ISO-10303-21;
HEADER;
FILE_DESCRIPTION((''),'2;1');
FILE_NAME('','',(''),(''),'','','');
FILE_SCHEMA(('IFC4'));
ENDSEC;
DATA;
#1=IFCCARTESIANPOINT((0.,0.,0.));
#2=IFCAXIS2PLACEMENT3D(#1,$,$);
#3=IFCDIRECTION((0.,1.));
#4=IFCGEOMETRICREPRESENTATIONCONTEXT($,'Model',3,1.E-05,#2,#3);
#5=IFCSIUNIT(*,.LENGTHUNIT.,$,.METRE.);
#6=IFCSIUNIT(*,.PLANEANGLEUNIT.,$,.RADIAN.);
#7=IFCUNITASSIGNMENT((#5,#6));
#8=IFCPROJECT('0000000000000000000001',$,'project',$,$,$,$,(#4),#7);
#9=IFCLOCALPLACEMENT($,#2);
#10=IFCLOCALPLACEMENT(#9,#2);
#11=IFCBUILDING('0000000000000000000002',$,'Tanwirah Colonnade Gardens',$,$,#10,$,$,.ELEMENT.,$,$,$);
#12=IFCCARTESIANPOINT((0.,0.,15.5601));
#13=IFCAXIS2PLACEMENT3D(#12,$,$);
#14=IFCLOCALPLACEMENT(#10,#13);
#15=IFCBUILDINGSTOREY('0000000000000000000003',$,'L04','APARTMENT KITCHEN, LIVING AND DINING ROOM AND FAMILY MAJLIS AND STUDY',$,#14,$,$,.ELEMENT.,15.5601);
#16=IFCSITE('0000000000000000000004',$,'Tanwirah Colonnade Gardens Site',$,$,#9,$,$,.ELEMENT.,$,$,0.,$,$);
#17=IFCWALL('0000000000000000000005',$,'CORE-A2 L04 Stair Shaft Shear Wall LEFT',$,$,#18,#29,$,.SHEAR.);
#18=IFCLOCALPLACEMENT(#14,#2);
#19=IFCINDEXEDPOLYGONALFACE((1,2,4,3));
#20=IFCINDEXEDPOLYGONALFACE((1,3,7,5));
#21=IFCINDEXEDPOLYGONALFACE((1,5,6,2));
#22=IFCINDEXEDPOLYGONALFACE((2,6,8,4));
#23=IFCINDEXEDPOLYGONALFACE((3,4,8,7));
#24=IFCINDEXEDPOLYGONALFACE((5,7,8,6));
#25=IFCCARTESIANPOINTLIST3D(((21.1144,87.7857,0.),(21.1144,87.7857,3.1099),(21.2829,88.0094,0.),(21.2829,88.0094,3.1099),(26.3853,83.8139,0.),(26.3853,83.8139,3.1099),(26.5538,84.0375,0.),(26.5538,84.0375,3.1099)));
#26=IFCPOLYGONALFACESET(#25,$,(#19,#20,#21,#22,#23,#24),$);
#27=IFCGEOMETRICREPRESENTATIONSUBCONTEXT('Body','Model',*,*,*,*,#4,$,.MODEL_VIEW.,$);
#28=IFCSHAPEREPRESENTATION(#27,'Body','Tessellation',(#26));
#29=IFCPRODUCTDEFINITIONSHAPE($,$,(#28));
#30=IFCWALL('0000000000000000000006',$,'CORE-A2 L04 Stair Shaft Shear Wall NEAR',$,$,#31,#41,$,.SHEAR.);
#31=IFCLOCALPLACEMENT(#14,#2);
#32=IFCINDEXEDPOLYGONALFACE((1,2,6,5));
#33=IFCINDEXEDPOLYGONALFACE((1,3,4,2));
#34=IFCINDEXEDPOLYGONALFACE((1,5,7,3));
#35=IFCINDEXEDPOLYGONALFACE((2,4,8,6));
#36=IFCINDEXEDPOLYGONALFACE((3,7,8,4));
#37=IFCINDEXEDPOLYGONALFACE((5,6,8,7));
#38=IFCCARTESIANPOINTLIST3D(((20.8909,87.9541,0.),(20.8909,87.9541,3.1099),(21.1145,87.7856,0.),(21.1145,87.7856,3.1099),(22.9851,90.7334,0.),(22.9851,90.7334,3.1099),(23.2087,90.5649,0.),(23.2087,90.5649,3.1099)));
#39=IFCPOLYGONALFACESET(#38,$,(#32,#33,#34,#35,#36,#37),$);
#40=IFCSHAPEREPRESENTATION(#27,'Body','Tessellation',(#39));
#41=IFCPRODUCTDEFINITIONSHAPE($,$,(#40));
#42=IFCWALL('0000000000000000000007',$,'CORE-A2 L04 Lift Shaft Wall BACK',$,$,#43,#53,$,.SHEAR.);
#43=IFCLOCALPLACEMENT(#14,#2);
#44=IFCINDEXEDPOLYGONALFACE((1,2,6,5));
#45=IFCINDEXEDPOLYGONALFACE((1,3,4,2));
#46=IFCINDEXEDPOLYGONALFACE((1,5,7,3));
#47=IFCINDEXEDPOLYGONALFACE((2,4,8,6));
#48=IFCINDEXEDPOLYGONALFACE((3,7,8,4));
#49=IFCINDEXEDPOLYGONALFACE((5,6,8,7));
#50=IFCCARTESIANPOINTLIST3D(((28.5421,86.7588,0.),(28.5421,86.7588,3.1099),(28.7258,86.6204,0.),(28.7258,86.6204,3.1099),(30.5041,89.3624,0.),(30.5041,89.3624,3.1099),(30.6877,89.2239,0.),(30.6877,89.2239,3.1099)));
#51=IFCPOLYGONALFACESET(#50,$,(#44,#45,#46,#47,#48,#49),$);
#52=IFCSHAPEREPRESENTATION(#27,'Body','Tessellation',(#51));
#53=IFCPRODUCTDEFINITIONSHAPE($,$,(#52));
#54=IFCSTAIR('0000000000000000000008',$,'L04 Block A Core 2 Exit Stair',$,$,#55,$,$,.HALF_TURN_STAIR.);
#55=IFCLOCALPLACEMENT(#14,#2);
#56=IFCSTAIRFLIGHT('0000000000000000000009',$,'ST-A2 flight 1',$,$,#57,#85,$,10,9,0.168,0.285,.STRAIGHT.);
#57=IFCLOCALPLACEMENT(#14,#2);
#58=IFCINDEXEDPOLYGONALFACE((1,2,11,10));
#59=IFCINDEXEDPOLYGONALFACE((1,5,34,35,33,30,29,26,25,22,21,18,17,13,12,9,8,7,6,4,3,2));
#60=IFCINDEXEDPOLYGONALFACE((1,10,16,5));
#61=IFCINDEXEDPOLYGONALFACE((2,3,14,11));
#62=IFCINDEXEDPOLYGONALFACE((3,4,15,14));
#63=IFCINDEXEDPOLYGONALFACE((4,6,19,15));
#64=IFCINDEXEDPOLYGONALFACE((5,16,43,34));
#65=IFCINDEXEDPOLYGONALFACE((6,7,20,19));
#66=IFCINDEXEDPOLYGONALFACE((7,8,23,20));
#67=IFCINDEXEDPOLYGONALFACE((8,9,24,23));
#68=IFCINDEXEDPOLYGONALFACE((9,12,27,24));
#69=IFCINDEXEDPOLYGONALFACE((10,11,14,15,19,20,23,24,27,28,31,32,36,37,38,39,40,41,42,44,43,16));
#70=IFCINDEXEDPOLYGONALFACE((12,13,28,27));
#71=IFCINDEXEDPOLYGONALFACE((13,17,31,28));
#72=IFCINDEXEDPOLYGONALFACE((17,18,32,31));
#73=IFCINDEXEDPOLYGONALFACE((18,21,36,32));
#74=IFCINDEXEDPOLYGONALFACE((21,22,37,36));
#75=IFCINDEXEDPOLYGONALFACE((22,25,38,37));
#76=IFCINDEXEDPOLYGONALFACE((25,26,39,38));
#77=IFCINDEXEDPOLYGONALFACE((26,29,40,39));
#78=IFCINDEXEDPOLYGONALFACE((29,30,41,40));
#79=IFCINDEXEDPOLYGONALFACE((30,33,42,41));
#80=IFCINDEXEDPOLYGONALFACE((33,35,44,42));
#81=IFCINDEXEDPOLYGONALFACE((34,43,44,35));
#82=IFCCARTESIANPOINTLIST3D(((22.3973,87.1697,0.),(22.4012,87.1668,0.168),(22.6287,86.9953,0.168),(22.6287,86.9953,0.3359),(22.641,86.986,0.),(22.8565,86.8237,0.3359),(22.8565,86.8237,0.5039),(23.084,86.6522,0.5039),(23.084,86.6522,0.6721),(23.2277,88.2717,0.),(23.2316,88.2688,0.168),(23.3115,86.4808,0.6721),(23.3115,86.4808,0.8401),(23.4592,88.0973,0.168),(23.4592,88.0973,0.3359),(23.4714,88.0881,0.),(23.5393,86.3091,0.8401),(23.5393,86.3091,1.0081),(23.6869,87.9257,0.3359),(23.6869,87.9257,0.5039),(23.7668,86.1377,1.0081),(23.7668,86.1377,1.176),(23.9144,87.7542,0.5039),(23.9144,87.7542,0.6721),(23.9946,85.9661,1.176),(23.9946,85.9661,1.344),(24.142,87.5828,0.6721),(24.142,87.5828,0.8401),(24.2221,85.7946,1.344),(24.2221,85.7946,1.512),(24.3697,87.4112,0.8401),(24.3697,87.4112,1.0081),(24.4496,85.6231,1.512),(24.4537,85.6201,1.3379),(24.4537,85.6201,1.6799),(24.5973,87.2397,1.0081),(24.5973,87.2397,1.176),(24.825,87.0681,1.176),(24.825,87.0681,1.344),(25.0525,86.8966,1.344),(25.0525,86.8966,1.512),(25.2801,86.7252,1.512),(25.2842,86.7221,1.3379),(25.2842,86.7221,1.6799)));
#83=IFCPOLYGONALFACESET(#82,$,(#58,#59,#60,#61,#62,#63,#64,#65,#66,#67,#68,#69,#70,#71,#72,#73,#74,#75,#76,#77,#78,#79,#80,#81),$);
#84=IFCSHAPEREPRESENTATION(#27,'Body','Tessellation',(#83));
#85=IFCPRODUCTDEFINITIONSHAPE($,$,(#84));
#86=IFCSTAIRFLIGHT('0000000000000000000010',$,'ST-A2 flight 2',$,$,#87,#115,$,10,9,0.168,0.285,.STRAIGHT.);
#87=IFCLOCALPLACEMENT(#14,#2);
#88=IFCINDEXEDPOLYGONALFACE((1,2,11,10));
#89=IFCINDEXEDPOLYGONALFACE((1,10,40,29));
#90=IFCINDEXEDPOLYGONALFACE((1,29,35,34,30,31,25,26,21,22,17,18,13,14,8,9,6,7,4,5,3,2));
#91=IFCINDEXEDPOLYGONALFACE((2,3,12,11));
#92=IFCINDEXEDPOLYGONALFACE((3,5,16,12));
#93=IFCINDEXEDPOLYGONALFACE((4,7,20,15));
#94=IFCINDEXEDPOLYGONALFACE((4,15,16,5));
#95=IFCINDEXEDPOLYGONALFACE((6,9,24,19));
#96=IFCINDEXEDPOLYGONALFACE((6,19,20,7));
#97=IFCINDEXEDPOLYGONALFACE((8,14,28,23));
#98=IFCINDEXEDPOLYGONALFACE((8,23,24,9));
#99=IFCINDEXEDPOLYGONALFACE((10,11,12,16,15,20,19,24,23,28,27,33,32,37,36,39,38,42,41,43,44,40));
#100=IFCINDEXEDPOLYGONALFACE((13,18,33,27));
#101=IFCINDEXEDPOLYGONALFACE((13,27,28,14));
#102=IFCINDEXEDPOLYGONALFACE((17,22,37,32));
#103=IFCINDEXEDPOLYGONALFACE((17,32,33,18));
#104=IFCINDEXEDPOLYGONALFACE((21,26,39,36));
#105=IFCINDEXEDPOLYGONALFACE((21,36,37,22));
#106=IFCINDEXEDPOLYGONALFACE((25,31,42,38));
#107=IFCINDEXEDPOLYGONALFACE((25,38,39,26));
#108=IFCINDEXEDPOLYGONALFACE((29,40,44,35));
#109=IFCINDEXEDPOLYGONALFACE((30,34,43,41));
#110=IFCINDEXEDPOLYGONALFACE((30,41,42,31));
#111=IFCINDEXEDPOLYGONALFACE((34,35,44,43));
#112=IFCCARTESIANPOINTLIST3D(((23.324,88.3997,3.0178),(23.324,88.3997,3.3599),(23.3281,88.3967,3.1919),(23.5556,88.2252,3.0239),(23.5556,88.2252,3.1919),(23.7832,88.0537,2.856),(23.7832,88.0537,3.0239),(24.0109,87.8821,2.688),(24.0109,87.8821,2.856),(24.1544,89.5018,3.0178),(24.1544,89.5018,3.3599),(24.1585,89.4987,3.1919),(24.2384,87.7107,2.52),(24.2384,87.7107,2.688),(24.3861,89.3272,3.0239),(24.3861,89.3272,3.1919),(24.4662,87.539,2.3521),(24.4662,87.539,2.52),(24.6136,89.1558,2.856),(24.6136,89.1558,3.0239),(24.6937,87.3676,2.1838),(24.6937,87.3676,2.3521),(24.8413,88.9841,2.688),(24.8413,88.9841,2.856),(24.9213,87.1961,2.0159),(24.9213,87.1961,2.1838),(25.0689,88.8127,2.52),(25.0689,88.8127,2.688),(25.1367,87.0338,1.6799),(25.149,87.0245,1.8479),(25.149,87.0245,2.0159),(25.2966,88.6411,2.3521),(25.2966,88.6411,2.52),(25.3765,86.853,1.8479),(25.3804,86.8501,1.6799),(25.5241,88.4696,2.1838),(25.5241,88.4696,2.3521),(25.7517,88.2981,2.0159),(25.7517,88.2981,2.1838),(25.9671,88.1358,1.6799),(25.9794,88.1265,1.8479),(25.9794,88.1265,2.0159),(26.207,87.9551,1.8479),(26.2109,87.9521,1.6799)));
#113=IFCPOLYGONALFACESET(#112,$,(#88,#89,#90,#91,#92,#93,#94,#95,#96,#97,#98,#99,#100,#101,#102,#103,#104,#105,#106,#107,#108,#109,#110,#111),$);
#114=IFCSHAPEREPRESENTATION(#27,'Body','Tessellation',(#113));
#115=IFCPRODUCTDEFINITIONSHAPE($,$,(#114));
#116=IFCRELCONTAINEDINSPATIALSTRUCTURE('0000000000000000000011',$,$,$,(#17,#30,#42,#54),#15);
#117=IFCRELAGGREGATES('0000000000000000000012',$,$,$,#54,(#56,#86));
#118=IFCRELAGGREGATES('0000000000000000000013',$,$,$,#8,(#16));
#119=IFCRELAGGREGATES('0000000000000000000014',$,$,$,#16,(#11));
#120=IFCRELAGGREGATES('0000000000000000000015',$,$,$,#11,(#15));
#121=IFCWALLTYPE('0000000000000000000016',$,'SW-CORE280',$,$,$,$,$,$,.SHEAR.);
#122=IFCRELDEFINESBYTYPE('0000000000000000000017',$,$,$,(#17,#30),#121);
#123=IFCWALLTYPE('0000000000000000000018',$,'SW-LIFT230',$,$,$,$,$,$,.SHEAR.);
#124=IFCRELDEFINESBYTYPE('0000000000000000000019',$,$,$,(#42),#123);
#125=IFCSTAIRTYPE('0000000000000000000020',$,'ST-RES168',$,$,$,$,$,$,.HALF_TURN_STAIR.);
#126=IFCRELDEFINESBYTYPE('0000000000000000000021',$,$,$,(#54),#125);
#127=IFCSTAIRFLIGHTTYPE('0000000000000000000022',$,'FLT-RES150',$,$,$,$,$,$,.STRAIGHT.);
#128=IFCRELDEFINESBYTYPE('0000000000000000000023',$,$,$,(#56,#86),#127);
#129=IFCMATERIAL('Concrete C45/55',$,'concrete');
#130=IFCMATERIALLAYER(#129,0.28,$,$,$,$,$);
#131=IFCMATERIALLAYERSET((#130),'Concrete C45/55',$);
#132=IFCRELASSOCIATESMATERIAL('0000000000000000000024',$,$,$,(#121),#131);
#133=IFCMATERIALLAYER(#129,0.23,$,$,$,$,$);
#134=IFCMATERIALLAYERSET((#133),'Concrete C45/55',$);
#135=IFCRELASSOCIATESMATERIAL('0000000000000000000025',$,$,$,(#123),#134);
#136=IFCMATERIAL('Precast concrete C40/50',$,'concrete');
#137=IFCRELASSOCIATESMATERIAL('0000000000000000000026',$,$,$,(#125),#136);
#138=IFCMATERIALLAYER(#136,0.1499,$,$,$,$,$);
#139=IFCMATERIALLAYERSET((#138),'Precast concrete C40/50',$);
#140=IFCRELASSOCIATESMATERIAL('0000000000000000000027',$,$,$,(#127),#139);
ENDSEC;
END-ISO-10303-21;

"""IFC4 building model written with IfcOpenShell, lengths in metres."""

from ifc_helpers import new_model, si_unit, direction, frame, frame_2d, origin, place, context, subcontext, project, spatial, polyline, rectangle, outline, extrude, material, layer, layer_set, type_object, element, aggregate, save


model = new_model("IFC4")

# Units and contexts
model_context = context("Model", 3, precision=1e-05, world=origin(), true_north=direction((0.0, 1.0)))
body_context = subcontext(model_context, "Body", "Model", "MODEL_VIEW")
ifc_project = project(units=[si_unit("LENGTHUNIT", "METRE"), si_unit("PLANEANGLEUNIT", "RADIAN")], contexts=[model_context])

# Site, building, storey
site_placement = place(None, origin())
site = spatial("IfcSite", under=ifc_project, at=site_placement, Name="Tanwirah Colonnade Gardens Site", CompositionType="ELEMENT", RefElevation=0.0)
building_placement = place(site_placement, origin())
building = spatial("IfcBuilding", under=site, at=building_placement, Name="Tanwirah Colonnade Gardens", CompositionType="ELEMENT")
storey_placement = place(building_placement, frame((0.0, 0.0, 15.5601)))
storey = spatial("IfcBuildingStorey", under=building, at=storey_placement, Name="L04", Description="APARTMENT KITCHEN, LIVING AND DINING ROOM AND FAMILY MAJLIS AND STUDY", CompositionType="ELEMENT", Elevation=15.5601)

# Shared definitions
ifc_material_1 = material(Name="Precast concrete C40/50", Category="concrete")

# Walls
ifc_material_2 = material(Name="Concrete C45/55", Category="concrete")
ifc_layer_1 = layer(ifc_material_2, 0.28)
ifc_layer_set_1 = layer_set([ifc_layer_1], Name="Concrete C45/55")
wall_type_1 = type_object("IfcWallType", Name="SW-CORE280", PredefinedType="SHEAR", material=ifc_layer_set_1)
wall_1_placement = place(storey_placement, frame((21.1987, 87.8975, 0.0), z_axis=(0.0, 0.0, 1.0), x_axis=(0.79864, -0.60181, 0.0)))
element("IfcWall", 1, at=wall_1_placement, inside=storey, type_object=wall_type_1, Name="CORE-A2 L04 Stair Shaft Shear Wall LEFT", PredefinedType="SHEAR", context=body_context, shape_type="SweptSolid", body=[
    extrude(rectangle(XDim=6.5999, YDim=0.28, at=frame_2d((3.2998, 0.0))), origin(), (0.0, 0.0, 1.0), 3.1099),
])
wall_2_placement = place(storey_placement, frame((21.0027, 87.8699, 0.0), z_axis=(0.0, 0.0, 1.0), x_axis=(0.601794, 0.798651, 0.0)))
element("IfcWall", 2, at=wall_2_placement, inside=storey, type_object=wall_type_1, Name="CORE-A2 L04 Stair Shaft Shear Wall NEAR", PredefinedType="SHEAR", context=body_context, shape_type="SweptSolid", body=[
    extrude(rectangle(XDim=3.48, YDim=0.28, at=frame_2d((1.74, 0.0))), origin(), (0.0, 0.0, 1.0), 3.1099),
])
ifc_layer_2 = layer(ifc_material_2, 0.23)
ifc_layer_set_2 = layer_set([ifc_layer_2], Name="Concrete C45/55")
wall_type_2 = type_object("IfcWallType", Name="SW-LIFT230", PredefinedType="SHEAR", material=ifc_layer_set_2)
wall_3_placement = place(storey_placement, frame((28.634, 86.6897, 0.0), z_axis=(0.0, 0.0, 1.0), x_axis=(0.60182, 0.798632, 0.0)))
element("IfcWall", 3, at=wall_3_placement, inside=storey, type_object=wall_type_2, Name="CORE-A2 L04 Lift Shaft Wall BACK", PredefinedType="SHEAR", context=body_context, shape_type="SweptSolid", body=[
    extrude(rectangle(XDim=3.26, YDim=0.23, at=frame_2d((1.6299, 0.0))), origin(), (0.0, 0.0, 1.0), 3.1099),
])

# Stair, stair flights
stair_type = type_object("IfcStairType", Name="ST-RES168", PredefinedType="HALF_TURN_STAIR", material=ifc_material_1)
stair_placement = place(storey_placement, origin())
stair = element("IfcStair", 4, at=stair_placement, inside=storey, type_object=stair_type, Name="L04 Block A Core 2 Exit Stair", PredefinedType="HALF_TURN_STAIR")
ifc_layer_3 = layer(ifc_material_1, 0.1499)
ifc_layer_set_3 = layer_set([ifc_layer_3], Name="Precast concrete C40/50")
stair_flight_type = type_object("IfcStairFlightType", Name="FLT-RES150", PredefinedType="STRAIGHT", material=ifc_layer_set_3)
stair_flight_1_placement = place(storey_placement, frame((22.8164, 87.7178, 0.0), z_axis=(0.0, 0.0, 1.0), x_axis=(0.798636, -0.601815, 0.0)))
stair_flight_1 = element("IfcStairFlight", 5, at=stair_flight_1_placement, type_object=stair_flight_type, Name="ST-A2 flight 1", NumberOfRisers=10, NumberOfTreads=9, PredefinedType="STRAIGHT", RiserHeight=0.168, TreadLength=0.285, context=body_context, shape_type="SweptSolid", body=[
    extrude(outline(polyline([(-0.0049, 0.0), (0.0, 0.168), (0.2849, 0.168), (0.2849, 0.3359), (0.5701, 0.3359), (0.5701, 0.5039), (0.855, 0.5039), (0.855, 0.6721), (1.1399, 0.6721), (1.1399, 0.8401), (1.425, 0.8401), (1.425, 1.0081), (1.71, 1.0081), (1.71, 1.176), (1.9951, 1.176), (1.9951, 1.344), (2.28, 1.344), (2.28, 1.512), (2.5649, 1.512), (2.5701, 1.6799), (2.5701, 1.3379), (0.3003, 0.0), (-0.0049, 0.0)])), frame((0.0, 0.6899, 0.0), z_axis=(0.0, -1.0, 0.0), x_axis=(1.0, 0.0, 0.0)), (0.0, 0.0, 1.0), 1.3799),
])
stair_flight_2_placement = place(storey_placement, frame((25.7917, 87.4041, 1.6799), z_axis=(0.0, 0.0, 1.0), x_axis=(-0.798636, 0.601815, 0.0)))
stair_flight_2 = element("IfcStairFlight", 6, at=stair_flight_2_placement, type_object=stair_flight_type, Name="ST-A2 flight 2", NumberOfRisers=10, NumberOfTreads=9, PredefinedType="STRAIGHT", RiserHeight=0.168, TreadLength=0.285, context=body_context, shape_type="SweptSolid", body=[
    extrude(outline(polyline([(-0.0049, 0.0), (0.0, 0.168), (0.2849, 0.168), (0.2849, 0.3359), (0.5701, 0.3359), (0.5701, 0.5039), (0.855, 0.5039), (0.855, 0.6721), (1.1399, 0.6721), (1.1399, 0.8401), (1.425, 0.8401), (1.425, 1.0081), (1.71, 1.0081), (1.71, 1.176), (1.9951, 1.176), (1.9951, 1.344), (2.28, 1.344), (2.28, 1.512), (2.5649, 1.512), (2.5701, 1.6799), (2.5701, 1.3379), (0.3003, 0.0), (-0.0049, 0.0)])), frame((0.0, 0.6899, 0.0), z_axis=(0.0, -1.0, 0.0), x_axis=(1.0, 0.0, 0.0)), (0.0, 0.0, 1.0), 1.3799),
])
aggregate(stair, [stair_flight_1, stair_flight_2])

save(model, "model.ifc")
